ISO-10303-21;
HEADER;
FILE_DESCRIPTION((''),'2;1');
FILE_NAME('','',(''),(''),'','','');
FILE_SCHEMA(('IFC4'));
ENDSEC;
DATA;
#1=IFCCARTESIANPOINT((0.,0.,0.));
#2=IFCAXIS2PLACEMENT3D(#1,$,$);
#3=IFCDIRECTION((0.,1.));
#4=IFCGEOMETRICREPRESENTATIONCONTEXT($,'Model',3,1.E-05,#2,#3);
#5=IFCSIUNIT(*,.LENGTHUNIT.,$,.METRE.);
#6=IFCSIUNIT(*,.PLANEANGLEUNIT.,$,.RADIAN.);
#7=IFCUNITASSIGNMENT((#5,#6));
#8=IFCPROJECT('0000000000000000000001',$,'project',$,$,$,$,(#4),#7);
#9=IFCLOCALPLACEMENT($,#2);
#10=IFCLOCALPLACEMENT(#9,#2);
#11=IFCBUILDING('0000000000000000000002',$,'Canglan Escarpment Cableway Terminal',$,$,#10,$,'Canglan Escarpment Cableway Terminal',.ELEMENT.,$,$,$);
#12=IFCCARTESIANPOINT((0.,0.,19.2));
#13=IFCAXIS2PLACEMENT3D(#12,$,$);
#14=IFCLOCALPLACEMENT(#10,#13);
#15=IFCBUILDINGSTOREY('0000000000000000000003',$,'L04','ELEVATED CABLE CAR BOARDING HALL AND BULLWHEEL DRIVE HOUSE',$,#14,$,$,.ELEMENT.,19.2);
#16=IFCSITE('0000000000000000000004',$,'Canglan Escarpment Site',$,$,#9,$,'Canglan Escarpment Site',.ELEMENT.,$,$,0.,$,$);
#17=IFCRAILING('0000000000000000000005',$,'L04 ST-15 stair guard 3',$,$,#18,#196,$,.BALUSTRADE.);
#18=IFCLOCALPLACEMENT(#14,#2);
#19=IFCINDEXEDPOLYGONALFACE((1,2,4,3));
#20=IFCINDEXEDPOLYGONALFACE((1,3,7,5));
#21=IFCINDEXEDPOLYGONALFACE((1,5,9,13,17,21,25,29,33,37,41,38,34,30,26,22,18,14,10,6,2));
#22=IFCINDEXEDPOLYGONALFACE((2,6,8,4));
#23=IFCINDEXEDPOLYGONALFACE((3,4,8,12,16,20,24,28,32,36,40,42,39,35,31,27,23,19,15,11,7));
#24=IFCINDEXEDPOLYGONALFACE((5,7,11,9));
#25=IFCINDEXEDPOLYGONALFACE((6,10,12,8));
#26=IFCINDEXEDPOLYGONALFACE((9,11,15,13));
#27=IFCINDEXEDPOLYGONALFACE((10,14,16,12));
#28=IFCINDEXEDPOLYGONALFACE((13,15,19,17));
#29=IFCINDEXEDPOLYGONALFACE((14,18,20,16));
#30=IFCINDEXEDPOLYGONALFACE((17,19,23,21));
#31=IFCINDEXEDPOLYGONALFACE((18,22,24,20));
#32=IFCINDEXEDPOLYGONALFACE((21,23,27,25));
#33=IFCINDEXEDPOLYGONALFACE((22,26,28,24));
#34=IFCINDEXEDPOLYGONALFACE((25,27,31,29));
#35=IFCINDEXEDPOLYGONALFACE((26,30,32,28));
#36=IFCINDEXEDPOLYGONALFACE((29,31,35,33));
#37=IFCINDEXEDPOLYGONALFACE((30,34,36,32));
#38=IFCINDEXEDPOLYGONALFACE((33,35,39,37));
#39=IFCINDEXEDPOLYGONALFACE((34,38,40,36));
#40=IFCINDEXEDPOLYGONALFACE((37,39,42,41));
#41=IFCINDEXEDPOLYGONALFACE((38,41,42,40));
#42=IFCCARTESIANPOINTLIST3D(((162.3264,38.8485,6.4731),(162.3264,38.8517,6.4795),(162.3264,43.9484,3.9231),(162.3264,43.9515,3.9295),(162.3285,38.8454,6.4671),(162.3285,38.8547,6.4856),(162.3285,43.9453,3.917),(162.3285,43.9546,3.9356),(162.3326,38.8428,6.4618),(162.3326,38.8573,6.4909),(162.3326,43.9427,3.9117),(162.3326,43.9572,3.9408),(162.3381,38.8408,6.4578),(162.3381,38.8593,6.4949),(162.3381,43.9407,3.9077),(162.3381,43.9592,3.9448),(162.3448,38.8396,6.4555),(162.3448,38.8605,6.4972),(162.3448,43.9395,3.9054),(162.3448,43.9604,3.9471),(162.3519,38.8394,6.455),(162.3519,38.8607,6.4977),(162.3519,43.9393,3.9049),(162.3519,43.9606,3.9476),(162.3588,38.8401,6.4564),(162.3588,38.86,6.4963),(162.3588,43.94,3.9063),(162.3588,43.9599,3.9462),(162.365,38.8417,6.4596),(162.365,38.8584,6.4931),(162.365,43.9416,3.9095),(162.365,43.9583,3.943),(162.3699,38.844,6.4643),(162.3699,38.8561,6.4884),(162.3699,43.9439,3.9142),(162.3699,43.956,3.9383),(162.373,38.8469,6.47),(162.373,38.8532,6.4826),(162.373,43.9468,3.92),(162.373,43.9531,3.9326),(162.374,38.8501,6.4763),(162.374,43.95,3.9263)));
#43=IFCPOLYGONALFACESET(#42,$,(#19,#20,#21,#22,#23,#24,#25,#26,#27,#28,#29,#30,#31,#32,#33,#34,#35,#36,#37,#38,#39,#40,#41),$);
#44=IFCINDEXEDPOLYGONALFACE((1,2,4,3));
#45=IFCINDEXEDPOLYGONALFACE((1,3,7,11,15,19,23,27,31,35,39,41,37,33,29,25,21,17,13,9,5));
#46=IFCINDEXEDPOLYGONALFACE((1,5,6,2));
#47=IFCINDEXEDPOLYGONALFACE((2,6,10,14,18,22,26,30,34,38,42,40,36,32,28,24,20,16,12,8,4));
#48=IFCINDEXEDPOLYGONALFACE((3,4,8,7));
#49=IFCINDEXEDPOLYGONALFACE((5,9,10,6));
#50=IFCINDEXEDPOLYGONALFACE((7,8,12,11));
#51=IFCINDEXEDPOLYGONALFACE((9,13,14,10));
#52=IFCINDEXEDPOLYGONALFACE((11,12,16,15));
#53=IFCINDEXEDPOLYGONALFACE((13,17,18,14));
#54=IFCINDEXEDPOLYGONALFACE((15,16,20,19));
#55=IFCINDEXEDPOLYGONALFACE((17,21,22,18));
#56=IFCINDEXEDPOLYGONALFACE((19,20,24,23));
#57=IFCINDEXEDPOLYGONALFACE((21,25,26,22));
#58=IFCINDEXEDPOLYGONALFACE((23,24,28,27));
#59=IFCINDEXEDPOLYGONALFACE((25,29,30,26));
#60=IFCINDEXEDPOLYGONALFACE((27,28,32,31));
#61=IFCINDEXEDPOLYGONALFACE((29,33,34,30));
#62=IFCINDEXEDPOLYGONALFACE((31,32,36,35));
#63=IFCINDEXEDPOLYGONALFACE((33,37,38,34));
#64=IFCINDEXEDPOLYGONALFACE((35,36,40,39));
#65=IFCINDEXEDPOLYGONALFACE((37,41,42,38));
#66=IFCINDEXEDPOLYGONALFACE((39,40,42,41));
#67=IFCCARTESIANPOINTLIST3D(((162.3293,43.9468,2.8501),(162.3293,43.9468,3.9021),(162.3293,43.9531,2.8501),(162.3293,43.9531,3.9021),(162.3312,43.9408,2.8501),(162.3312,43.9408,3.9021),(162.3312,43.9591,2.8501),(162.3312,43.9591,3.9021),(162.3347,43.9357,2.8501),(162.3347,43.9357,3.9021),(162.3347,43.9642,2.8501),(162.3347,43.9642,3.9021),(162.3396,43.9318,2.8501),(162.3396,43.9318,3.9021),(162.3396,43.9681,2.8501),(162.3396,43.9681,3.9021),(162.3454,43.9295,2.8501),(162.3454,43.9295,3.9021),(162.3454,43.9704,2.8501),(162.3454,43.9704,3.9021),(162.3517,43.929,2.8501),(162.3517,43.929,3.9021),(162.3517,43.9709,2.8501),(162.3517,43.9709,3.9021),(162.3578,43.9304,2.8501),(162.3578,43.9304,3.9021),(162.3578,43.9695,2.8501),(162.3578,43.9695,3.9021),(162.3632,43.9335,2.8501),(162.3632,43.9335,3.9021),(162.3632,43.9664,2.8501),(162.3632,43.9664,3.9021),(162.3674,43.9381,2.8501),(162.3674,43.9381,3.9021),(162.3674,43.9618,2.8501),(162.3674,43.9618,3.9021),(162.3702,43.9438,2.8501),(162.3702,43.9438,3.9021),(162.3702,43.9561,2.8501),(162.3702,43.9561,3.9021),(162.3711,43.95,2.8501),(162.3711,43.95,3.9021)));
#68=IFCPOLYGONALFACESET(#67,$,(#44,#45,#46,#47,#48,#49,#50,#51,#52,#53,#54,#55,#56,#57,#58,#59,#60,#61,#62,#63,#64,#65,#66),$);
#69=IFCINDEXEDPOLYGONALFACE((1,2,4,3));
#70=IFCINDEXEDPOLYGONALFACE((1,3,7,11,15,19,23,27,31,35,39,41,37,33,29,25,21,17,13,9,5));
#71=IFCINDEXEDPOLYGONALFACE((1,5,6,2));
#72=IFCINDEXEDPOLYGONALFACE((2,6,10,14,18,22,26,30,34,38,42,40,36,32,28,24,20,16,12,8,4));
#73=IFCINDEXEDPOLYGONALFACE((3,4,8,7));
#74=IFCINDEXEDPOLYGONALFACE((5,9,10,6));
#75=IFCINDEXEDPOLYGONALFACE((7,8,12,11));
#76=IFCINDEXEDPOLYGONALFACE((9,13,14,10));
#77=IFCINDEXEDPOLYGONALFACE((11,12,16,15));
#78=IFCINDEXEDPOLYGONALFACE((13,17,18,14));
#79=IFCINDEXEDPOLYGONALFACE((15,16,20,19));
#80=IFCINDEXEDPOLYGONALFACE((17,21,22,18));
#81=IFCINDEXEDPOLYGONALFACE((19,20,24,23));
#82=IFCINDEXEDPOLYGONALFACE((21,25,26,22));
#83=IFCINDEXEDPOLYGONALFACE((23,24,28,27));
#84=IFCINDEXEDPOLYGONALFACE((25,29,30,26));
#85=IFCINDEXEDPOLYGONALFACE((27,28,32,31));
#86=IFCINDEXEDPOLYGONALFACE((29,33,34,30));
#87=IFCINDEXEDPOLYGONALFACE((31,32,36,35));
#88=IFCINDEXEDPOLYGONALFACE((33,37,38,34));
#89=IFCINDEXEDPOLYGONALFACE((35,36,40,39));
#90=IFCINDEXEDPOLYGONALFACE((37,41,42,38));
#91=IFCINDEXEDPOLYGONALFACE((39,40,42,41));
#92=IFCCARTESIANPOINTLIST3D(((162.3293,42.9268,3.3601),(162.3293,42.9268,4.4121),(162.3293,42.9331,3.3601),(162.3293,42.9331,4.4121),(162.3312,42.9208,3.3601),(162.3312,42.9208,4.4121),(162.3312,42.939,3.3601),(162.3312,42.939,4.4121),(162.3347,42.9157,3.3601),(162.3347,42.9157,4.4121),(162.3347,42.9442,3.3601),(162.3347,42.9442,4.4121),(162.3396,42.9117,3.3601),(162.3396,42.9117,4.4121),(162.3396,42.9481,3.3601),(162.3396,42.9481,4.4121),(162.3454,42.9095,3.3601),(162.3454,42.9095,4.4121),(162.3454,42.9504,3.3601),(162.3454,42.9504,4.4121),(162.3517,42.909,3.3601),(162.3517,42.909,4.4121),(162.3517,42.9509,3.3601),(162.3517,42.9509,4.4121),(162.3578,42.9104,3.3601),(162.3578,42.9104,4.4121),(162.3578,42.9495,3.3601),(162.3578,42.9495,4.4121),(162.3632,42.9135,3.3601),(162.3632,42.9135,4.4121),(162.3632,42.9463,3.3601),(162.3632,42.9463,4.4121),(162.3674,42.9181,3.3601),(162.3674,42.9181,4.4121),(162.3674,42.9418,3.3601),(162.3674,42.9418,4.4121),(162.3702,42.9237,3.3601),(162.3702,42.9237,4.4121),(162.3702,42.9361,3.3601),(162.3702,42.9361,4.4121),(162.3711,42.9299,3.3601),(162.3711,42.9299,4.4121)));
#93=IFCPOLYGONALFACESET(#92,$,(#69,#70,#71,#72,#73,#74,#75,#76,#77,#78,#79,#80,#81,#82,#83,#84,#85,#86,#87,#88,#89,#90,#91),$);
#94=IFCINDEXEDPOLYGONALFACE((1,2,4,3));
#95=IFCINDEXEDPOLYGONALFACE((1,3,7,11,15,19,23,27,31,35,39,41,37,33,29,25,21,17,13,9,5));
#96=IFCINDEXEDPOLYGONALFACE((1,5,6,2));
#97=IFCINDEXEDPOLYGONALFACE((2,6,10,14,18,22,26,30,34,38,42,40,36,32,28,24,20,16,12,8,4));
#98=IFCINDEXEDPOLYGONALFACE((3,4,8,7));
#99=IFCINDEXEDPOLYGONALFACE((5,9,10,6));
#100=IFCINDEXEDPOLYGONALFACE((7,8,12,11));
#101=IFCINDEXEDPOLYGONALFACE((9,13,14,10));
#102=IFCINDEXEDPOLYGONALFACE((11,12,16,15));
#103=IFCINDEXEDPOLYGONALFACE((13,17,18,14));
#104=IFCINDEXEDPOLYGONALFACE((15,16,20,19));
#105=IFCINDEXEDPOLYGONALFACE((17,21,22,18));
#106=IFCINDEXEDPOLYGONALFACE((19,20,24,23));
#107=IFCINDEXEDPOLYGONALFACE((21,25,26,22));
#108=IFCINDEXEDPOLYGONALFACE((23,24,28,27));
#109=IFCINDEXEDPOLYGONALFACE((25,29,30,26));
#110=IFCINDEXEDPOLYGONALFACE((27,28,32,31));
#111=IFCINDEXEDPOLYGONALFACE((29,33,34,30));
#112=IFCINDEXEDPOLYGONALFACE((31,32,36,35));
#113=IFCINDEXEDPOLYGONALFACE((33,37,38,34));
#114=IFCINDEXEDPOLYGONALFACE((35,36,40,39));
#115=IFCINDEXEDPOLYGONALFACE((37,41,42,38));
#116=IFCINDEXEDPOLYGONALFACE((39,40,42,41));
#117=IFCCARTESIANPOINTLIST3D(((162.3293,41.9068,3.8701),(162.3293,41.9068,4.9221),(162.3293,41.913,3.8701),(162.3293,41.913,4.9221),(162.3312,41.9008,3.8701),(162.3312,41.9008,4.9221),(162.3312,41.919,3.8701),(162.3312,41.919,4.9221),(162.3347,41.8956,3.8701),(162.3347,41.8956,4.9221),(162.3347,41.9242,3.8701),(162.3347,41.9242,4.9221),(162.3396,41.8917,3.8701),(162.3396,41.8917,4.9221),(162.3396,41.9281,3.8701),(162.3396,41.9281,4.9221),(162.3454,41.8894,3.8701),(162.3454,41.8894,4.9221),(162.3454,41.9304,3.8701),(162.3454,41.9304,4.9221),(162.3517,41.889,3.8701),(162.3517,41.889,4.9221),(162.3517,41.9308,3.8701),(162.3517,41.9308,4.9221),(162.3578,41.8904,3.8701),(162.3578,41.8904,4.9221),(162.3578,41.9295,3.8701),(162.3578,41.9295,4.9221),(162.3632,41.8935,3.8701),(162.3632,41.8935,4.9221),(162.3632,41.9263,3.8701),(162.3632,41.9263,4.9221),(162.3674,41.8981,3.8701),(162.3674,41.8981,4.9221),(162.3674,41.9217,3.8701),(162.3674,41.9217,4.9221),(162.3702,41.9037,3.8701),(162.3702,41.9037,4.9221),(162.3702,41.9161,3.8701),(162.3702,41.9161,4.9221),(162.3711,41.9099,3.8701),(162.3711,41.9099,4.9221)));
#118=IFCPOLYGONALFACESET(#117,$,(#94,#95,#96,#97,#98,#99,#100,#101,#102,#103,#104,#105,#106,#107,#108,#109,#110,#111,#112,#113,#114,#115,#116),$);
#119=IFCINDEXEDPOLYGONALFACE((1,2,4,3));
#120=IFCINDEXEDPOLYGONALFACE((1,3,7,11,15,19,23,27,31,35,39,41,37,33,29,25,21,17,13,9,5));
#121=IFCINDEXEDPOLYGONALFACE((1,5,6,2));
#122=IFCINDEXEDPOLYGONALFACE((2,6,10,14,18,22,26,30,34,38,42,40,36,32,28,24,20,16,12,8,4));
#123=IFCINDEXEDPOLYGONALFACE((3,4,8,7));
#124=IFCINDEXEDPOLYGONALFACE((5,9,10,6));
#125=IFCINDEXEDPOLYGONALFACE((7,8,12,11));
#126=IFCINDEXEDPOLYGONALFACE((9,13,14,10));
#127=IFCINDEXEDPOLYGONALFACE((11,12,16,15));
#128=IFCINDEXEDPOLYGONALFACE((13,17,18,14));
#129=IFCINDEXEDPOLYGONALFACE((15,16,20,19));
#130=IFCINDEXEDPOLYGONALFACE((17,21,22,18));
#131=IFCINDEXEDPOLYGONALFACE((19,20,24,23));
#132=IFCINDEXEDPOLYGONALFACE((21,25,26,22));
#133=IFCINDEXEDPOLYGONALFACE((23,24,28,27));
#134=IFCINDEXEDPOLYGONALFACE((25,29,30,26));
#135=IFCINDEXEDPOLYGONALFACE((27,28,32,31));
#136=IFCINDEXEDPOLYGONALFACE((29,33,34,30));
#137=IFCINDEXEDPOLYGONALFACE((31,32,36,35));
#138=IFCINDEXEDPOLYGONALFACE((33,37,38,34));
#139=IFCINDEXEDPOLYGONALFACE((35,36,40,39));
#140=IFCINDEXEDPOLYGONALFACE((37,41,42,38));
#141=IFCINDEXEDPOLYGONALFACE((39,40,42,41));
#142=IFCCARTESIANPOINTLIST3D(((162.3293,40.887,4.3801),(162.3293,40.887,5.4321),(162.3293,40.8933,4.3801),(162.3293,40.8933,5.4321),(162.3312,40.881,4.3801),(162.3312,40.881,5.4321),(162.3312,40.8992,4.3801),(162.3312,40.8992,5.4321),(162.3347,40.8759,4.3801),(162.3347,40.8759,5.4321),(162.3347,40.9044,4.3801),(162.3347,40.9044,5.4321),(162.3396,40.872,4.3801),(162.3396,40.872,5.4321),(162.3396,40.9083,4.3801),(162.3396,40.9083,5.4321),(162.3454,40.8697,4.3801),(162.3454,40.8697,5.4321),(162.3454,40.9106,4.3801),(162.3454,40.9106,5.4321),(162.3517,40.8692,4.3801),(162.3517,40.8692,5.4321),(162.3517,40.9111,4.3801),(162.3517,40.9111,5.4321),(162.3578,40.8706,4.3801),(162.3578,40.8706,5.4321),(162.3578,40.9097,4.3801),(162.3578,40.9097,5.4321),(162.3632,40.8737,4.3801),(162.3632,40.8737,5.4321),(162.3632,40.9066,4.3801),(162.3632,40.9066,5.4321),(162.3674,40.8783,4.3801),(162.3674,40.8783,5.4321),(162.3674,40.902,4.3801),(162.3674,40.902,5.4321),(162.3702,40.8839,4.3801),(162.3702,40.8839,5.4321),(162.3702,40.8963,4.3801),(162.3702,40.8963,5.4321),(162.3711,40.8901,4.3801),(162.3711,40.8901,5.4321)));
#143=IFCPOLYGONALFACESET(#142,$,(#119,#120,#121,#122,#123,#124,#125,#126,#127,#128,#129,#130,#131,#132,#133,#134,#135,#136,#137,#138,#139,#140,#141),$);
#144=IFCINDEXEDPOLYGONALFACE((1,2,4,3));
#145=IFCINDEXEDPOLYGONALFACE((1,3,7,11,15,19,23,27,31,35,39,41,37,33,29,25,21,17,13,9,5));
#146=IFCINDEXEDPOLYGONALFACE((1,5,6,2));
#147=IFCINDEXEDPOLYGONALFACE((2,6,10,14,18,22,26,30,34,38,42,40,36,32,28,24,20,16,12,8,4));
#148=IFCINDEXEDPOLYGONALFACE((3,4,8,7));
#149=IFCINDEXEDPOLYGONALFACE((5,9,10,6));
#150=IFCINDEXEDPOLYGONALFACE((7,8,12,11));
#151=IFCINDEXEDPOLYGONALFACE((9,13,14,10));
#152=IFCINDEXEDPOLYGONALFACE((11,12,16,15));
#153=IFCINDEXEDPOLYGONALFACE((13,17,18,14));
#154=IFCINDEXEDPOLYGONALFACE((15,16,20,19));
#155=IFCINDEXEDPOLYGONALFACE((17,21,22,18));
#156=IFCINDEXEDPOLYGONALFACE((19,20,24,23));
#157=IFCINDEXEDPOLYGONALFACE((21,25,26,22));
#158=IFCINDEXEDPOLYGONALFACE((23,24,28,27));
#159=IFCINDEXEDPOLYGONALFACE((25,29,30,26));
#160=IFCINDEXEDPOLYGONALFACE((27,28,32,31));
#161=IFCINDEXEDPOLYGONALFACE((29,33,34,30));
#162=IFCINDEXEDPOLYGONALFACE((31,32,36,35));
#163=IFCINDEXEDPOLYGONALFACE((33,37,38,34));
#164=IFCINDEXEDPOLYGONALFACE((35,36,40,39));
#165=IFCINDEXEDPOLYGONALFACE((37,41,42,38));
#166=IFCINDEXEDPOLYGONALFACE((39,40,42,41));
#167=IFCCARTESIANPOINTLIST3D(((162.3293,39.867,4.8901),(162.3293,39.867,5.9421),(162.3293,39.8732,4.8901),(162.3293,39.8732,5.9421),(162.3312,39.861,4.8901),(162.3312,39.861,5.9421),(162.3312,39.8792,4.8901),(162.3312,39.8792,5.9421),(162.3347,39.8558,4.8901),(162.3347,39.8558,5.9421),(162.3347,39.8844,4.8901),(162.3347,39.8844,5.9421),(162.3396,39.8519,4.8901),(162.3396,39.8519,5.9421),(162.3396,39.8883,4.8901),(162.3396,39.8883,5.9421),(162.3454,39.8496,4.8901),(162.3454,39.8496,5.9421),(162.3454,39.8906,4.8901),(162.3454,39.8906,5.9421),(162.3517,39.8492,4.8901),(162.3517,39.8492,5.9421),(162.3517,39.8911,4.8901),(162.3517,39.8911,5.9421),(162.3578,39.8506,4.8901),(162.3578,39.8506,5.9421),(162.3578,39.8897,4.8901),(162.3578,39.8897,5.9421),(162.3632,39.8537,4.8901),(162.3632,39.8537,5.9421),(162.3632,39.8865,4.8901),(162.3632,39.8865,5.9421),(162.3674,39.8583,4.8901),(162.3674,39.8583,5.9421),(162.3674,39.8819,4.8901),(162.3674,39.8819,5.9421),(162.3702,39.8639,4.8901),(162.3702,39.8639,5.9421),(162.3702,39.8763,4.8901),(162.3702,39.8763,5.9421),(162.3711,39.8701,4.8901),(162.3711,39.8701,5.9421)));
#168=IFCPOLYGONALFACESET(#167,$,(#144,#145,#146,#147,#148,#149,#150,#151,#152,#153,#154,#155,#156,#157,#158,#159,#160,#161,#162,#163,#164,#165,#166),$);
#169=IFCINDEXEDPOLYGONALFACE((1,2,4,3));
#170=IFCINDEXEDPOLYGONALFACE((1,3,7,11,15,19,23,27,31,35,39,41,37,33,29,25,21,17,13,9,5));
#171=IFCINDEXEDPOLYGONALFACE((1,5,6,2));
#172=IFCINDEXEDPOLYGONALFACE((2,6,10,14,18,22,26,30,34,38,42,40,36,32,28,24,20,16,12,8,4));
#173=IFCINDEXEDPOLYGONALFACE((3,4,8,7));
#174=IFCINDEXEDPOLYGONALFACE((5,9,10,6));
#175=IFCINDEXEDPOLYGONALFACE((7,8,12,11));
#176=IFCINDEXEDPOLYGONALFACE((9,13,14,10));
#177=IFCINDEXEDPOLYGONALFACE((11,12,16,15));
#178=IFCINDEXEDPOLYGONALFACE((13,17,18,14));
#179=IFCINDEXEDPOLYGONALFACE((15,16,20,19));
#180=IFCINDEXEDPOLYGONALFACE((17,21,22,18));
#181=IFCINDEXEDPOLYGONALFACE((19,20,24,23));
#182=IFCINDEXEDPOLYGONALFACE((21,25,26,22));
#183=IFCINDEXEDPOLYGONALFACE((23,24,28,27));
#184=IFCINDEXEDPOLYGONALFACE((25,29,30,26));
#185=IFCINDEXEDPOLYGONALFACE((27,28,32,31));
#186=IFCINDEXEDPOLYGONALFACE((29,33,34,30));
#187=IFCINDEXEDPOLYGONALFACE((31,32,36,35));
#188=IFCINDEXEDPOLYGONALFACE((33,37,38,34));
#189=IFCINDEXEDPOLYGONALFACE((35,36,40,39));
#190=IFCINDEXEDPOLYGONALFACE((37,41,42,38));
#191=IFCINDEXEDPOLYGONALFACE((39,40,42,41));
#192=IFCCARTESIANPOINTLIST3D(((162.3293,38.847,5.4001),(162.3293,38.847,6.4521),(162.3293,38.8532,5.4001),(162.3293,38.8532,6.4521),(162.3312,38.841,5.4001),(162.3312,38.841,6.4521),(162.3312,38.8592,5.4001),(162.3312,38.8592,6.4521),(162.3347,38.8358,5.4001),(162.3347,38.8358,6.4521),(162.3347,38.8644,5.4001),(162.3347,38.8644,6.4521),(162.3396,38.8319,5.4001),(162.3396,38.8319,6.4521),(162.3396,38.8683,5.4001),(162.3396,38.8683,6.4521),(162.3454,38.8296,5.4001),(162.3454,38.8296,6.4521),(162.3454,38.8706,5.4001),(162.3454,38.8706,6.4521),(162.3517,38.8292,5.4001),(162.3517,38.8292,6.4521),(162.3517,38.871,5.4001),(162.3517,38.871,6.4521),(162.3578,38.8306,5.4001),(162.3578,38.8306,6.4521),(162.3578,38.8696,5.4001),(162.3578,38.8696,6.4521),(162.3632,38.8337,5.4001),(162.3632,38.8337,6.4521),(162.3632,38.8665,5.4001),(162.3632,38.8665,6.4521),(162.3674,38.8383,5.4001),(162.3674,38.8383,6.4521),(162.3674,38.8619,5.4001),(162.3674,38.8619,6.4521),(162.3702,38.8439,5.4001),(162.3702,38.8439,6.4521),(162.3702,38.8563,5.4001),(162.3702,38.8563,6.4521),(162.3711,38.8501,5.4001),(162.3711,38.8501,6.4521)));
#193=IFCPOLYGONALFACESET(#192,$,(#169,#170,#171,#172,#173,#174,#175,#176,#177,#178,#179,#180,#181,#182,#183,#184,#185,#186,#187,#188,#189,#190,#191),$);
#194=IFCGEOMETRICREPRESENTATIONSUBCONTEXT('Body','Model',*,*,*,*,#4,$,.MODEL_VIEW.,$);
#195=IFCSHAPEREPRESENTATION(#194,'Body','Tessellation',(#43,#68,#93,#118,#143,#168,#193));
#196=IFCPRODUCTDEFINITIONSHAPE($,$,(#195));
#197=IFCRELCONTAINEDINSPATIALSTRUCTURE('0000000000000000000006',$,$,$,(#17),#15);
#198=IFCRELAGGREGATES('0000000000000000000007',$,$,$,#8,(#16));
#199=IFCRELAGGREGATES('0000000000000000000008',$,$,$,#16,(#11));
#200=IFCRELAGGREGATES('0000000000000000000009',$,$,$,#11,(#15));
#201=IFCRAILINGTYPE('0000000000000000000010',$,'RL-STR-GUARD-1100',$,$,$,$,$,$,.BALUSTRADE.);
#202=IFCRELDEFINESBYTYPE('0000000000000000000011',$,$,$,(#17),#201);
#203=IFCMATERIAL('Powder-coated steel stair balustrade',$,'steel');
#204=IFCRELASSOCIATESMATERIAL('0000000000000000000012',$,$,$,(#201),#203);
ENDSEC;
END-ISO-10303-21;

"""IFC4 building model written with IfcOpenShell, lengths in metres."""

from ifc_helpers import new_model, si_unit, direction, frame, origin, origin_2d, place, context, subcontext, project, spatial, circle, extrude, material, type_object, element, save


model = new_model("IFC4")

# Units and contexts
model_context = context("Model", 3, precision=1e-05, world=origin(), true_north=direction((0.0, 1.0)))
body_context = subcontext(model_context, "Body", "Model", "MODEL_VIEW")
ifc_project = project(units=[si_unit("LENGTHUNIT", "METRE"), si_unit("PLANEANGLEUNIT", "RADIAN")], contexts=[model_context])

# Site, building, storey
site_placement = place(None, origin())
site = spatial("IfcSite", under=ifc_project, at=site_placement, Name="Canglan Escarpment Site", LongName="Canglan Escarpment Site", CompositionType="ELEMENT", RefElevation=0.0)
building_placement = place(site_placement, origin())
building = spatial("IfcBuilding", under=site, at=building_placement, Name="Canglan Escarpment Cableway Terminal", LongName="Canglan Escarpment Cableway Terminal", CompositionType="ELEMENT")
storey_placement = place(building_placement, frame((0.0, 0.0, 19.2)))
storey = spatial("IfcBuildingStorey", under=building, at=storey_placement, Name="L04", Description="ELEVATED CABLE CAR BOARDING HALL AND BULLWHEEL DRIVE HOUSE", CompositionType="ELEMENT", Elevation=19.2)

# Railing
ifc_material_1 = material(Name="Powder-coated steel stair balustrade", Category="steel")
railing_type_1 = type_object("IfcRailingType", Name="RL-STR-GUARD-1100", PredefinedType="BALUSTRADE", material=ifc_material_1)
railing_1_placement = place(storey_placement, frame((162.3501, 43.95, 2.8501)))
element("IfcRailing", 1, at=railing_1_placement, inside=storey, type_object=railing_type_1, Name="L04 ST-15 stair guard 3", PredefinedType="BALUSTRADE", context=body_context, shape_type="SweptSolid", body=[
    extrude(circle(Radius=0.0239, at=origin_2d()), frame((0.0, 0.0, 1.0762), z_axis=(0.0, -0.894419, 0.447231), x_axis=(1.0, 0.0, 0.0)), (0.0, 0.0, 1.0), 5.7019),
    extrude(circle(Radius=0.021, at=origin_2d()), origin(), (0.0, 0.0, 1.0), 1.052),
    extrude(circle(Radius=0.021, at=origin_2d()), frame((0.0, -1.02, 0.51)), (0.0, 0.0, 1.0), 1.052),
    extrude(circle(Radius=0.021, at=origin_2d()), frame((0.0, -2.04, 1.02)), (0.0, 0.0, 1.0), 1.052),
    extrude(circle(Radius=0.021, at=origin_2d()), frame((0.0, -3.0598, 1.53)), (0.0, 0.0, 1.0), 1.052),
    extrude(circle(Radius=0.021, at=origin_2d()), frame((0.0, -4.0798, 2.04)), (0.0, 0.0, 1.0), 1.052),
    extrude(circle(Radius=0.021, at=origin_2d()), frame((0.0, -5.0999, 2.55)), (0.0, 0.0, 1.0), 1.052),
])

save(model, "model.ifc")
